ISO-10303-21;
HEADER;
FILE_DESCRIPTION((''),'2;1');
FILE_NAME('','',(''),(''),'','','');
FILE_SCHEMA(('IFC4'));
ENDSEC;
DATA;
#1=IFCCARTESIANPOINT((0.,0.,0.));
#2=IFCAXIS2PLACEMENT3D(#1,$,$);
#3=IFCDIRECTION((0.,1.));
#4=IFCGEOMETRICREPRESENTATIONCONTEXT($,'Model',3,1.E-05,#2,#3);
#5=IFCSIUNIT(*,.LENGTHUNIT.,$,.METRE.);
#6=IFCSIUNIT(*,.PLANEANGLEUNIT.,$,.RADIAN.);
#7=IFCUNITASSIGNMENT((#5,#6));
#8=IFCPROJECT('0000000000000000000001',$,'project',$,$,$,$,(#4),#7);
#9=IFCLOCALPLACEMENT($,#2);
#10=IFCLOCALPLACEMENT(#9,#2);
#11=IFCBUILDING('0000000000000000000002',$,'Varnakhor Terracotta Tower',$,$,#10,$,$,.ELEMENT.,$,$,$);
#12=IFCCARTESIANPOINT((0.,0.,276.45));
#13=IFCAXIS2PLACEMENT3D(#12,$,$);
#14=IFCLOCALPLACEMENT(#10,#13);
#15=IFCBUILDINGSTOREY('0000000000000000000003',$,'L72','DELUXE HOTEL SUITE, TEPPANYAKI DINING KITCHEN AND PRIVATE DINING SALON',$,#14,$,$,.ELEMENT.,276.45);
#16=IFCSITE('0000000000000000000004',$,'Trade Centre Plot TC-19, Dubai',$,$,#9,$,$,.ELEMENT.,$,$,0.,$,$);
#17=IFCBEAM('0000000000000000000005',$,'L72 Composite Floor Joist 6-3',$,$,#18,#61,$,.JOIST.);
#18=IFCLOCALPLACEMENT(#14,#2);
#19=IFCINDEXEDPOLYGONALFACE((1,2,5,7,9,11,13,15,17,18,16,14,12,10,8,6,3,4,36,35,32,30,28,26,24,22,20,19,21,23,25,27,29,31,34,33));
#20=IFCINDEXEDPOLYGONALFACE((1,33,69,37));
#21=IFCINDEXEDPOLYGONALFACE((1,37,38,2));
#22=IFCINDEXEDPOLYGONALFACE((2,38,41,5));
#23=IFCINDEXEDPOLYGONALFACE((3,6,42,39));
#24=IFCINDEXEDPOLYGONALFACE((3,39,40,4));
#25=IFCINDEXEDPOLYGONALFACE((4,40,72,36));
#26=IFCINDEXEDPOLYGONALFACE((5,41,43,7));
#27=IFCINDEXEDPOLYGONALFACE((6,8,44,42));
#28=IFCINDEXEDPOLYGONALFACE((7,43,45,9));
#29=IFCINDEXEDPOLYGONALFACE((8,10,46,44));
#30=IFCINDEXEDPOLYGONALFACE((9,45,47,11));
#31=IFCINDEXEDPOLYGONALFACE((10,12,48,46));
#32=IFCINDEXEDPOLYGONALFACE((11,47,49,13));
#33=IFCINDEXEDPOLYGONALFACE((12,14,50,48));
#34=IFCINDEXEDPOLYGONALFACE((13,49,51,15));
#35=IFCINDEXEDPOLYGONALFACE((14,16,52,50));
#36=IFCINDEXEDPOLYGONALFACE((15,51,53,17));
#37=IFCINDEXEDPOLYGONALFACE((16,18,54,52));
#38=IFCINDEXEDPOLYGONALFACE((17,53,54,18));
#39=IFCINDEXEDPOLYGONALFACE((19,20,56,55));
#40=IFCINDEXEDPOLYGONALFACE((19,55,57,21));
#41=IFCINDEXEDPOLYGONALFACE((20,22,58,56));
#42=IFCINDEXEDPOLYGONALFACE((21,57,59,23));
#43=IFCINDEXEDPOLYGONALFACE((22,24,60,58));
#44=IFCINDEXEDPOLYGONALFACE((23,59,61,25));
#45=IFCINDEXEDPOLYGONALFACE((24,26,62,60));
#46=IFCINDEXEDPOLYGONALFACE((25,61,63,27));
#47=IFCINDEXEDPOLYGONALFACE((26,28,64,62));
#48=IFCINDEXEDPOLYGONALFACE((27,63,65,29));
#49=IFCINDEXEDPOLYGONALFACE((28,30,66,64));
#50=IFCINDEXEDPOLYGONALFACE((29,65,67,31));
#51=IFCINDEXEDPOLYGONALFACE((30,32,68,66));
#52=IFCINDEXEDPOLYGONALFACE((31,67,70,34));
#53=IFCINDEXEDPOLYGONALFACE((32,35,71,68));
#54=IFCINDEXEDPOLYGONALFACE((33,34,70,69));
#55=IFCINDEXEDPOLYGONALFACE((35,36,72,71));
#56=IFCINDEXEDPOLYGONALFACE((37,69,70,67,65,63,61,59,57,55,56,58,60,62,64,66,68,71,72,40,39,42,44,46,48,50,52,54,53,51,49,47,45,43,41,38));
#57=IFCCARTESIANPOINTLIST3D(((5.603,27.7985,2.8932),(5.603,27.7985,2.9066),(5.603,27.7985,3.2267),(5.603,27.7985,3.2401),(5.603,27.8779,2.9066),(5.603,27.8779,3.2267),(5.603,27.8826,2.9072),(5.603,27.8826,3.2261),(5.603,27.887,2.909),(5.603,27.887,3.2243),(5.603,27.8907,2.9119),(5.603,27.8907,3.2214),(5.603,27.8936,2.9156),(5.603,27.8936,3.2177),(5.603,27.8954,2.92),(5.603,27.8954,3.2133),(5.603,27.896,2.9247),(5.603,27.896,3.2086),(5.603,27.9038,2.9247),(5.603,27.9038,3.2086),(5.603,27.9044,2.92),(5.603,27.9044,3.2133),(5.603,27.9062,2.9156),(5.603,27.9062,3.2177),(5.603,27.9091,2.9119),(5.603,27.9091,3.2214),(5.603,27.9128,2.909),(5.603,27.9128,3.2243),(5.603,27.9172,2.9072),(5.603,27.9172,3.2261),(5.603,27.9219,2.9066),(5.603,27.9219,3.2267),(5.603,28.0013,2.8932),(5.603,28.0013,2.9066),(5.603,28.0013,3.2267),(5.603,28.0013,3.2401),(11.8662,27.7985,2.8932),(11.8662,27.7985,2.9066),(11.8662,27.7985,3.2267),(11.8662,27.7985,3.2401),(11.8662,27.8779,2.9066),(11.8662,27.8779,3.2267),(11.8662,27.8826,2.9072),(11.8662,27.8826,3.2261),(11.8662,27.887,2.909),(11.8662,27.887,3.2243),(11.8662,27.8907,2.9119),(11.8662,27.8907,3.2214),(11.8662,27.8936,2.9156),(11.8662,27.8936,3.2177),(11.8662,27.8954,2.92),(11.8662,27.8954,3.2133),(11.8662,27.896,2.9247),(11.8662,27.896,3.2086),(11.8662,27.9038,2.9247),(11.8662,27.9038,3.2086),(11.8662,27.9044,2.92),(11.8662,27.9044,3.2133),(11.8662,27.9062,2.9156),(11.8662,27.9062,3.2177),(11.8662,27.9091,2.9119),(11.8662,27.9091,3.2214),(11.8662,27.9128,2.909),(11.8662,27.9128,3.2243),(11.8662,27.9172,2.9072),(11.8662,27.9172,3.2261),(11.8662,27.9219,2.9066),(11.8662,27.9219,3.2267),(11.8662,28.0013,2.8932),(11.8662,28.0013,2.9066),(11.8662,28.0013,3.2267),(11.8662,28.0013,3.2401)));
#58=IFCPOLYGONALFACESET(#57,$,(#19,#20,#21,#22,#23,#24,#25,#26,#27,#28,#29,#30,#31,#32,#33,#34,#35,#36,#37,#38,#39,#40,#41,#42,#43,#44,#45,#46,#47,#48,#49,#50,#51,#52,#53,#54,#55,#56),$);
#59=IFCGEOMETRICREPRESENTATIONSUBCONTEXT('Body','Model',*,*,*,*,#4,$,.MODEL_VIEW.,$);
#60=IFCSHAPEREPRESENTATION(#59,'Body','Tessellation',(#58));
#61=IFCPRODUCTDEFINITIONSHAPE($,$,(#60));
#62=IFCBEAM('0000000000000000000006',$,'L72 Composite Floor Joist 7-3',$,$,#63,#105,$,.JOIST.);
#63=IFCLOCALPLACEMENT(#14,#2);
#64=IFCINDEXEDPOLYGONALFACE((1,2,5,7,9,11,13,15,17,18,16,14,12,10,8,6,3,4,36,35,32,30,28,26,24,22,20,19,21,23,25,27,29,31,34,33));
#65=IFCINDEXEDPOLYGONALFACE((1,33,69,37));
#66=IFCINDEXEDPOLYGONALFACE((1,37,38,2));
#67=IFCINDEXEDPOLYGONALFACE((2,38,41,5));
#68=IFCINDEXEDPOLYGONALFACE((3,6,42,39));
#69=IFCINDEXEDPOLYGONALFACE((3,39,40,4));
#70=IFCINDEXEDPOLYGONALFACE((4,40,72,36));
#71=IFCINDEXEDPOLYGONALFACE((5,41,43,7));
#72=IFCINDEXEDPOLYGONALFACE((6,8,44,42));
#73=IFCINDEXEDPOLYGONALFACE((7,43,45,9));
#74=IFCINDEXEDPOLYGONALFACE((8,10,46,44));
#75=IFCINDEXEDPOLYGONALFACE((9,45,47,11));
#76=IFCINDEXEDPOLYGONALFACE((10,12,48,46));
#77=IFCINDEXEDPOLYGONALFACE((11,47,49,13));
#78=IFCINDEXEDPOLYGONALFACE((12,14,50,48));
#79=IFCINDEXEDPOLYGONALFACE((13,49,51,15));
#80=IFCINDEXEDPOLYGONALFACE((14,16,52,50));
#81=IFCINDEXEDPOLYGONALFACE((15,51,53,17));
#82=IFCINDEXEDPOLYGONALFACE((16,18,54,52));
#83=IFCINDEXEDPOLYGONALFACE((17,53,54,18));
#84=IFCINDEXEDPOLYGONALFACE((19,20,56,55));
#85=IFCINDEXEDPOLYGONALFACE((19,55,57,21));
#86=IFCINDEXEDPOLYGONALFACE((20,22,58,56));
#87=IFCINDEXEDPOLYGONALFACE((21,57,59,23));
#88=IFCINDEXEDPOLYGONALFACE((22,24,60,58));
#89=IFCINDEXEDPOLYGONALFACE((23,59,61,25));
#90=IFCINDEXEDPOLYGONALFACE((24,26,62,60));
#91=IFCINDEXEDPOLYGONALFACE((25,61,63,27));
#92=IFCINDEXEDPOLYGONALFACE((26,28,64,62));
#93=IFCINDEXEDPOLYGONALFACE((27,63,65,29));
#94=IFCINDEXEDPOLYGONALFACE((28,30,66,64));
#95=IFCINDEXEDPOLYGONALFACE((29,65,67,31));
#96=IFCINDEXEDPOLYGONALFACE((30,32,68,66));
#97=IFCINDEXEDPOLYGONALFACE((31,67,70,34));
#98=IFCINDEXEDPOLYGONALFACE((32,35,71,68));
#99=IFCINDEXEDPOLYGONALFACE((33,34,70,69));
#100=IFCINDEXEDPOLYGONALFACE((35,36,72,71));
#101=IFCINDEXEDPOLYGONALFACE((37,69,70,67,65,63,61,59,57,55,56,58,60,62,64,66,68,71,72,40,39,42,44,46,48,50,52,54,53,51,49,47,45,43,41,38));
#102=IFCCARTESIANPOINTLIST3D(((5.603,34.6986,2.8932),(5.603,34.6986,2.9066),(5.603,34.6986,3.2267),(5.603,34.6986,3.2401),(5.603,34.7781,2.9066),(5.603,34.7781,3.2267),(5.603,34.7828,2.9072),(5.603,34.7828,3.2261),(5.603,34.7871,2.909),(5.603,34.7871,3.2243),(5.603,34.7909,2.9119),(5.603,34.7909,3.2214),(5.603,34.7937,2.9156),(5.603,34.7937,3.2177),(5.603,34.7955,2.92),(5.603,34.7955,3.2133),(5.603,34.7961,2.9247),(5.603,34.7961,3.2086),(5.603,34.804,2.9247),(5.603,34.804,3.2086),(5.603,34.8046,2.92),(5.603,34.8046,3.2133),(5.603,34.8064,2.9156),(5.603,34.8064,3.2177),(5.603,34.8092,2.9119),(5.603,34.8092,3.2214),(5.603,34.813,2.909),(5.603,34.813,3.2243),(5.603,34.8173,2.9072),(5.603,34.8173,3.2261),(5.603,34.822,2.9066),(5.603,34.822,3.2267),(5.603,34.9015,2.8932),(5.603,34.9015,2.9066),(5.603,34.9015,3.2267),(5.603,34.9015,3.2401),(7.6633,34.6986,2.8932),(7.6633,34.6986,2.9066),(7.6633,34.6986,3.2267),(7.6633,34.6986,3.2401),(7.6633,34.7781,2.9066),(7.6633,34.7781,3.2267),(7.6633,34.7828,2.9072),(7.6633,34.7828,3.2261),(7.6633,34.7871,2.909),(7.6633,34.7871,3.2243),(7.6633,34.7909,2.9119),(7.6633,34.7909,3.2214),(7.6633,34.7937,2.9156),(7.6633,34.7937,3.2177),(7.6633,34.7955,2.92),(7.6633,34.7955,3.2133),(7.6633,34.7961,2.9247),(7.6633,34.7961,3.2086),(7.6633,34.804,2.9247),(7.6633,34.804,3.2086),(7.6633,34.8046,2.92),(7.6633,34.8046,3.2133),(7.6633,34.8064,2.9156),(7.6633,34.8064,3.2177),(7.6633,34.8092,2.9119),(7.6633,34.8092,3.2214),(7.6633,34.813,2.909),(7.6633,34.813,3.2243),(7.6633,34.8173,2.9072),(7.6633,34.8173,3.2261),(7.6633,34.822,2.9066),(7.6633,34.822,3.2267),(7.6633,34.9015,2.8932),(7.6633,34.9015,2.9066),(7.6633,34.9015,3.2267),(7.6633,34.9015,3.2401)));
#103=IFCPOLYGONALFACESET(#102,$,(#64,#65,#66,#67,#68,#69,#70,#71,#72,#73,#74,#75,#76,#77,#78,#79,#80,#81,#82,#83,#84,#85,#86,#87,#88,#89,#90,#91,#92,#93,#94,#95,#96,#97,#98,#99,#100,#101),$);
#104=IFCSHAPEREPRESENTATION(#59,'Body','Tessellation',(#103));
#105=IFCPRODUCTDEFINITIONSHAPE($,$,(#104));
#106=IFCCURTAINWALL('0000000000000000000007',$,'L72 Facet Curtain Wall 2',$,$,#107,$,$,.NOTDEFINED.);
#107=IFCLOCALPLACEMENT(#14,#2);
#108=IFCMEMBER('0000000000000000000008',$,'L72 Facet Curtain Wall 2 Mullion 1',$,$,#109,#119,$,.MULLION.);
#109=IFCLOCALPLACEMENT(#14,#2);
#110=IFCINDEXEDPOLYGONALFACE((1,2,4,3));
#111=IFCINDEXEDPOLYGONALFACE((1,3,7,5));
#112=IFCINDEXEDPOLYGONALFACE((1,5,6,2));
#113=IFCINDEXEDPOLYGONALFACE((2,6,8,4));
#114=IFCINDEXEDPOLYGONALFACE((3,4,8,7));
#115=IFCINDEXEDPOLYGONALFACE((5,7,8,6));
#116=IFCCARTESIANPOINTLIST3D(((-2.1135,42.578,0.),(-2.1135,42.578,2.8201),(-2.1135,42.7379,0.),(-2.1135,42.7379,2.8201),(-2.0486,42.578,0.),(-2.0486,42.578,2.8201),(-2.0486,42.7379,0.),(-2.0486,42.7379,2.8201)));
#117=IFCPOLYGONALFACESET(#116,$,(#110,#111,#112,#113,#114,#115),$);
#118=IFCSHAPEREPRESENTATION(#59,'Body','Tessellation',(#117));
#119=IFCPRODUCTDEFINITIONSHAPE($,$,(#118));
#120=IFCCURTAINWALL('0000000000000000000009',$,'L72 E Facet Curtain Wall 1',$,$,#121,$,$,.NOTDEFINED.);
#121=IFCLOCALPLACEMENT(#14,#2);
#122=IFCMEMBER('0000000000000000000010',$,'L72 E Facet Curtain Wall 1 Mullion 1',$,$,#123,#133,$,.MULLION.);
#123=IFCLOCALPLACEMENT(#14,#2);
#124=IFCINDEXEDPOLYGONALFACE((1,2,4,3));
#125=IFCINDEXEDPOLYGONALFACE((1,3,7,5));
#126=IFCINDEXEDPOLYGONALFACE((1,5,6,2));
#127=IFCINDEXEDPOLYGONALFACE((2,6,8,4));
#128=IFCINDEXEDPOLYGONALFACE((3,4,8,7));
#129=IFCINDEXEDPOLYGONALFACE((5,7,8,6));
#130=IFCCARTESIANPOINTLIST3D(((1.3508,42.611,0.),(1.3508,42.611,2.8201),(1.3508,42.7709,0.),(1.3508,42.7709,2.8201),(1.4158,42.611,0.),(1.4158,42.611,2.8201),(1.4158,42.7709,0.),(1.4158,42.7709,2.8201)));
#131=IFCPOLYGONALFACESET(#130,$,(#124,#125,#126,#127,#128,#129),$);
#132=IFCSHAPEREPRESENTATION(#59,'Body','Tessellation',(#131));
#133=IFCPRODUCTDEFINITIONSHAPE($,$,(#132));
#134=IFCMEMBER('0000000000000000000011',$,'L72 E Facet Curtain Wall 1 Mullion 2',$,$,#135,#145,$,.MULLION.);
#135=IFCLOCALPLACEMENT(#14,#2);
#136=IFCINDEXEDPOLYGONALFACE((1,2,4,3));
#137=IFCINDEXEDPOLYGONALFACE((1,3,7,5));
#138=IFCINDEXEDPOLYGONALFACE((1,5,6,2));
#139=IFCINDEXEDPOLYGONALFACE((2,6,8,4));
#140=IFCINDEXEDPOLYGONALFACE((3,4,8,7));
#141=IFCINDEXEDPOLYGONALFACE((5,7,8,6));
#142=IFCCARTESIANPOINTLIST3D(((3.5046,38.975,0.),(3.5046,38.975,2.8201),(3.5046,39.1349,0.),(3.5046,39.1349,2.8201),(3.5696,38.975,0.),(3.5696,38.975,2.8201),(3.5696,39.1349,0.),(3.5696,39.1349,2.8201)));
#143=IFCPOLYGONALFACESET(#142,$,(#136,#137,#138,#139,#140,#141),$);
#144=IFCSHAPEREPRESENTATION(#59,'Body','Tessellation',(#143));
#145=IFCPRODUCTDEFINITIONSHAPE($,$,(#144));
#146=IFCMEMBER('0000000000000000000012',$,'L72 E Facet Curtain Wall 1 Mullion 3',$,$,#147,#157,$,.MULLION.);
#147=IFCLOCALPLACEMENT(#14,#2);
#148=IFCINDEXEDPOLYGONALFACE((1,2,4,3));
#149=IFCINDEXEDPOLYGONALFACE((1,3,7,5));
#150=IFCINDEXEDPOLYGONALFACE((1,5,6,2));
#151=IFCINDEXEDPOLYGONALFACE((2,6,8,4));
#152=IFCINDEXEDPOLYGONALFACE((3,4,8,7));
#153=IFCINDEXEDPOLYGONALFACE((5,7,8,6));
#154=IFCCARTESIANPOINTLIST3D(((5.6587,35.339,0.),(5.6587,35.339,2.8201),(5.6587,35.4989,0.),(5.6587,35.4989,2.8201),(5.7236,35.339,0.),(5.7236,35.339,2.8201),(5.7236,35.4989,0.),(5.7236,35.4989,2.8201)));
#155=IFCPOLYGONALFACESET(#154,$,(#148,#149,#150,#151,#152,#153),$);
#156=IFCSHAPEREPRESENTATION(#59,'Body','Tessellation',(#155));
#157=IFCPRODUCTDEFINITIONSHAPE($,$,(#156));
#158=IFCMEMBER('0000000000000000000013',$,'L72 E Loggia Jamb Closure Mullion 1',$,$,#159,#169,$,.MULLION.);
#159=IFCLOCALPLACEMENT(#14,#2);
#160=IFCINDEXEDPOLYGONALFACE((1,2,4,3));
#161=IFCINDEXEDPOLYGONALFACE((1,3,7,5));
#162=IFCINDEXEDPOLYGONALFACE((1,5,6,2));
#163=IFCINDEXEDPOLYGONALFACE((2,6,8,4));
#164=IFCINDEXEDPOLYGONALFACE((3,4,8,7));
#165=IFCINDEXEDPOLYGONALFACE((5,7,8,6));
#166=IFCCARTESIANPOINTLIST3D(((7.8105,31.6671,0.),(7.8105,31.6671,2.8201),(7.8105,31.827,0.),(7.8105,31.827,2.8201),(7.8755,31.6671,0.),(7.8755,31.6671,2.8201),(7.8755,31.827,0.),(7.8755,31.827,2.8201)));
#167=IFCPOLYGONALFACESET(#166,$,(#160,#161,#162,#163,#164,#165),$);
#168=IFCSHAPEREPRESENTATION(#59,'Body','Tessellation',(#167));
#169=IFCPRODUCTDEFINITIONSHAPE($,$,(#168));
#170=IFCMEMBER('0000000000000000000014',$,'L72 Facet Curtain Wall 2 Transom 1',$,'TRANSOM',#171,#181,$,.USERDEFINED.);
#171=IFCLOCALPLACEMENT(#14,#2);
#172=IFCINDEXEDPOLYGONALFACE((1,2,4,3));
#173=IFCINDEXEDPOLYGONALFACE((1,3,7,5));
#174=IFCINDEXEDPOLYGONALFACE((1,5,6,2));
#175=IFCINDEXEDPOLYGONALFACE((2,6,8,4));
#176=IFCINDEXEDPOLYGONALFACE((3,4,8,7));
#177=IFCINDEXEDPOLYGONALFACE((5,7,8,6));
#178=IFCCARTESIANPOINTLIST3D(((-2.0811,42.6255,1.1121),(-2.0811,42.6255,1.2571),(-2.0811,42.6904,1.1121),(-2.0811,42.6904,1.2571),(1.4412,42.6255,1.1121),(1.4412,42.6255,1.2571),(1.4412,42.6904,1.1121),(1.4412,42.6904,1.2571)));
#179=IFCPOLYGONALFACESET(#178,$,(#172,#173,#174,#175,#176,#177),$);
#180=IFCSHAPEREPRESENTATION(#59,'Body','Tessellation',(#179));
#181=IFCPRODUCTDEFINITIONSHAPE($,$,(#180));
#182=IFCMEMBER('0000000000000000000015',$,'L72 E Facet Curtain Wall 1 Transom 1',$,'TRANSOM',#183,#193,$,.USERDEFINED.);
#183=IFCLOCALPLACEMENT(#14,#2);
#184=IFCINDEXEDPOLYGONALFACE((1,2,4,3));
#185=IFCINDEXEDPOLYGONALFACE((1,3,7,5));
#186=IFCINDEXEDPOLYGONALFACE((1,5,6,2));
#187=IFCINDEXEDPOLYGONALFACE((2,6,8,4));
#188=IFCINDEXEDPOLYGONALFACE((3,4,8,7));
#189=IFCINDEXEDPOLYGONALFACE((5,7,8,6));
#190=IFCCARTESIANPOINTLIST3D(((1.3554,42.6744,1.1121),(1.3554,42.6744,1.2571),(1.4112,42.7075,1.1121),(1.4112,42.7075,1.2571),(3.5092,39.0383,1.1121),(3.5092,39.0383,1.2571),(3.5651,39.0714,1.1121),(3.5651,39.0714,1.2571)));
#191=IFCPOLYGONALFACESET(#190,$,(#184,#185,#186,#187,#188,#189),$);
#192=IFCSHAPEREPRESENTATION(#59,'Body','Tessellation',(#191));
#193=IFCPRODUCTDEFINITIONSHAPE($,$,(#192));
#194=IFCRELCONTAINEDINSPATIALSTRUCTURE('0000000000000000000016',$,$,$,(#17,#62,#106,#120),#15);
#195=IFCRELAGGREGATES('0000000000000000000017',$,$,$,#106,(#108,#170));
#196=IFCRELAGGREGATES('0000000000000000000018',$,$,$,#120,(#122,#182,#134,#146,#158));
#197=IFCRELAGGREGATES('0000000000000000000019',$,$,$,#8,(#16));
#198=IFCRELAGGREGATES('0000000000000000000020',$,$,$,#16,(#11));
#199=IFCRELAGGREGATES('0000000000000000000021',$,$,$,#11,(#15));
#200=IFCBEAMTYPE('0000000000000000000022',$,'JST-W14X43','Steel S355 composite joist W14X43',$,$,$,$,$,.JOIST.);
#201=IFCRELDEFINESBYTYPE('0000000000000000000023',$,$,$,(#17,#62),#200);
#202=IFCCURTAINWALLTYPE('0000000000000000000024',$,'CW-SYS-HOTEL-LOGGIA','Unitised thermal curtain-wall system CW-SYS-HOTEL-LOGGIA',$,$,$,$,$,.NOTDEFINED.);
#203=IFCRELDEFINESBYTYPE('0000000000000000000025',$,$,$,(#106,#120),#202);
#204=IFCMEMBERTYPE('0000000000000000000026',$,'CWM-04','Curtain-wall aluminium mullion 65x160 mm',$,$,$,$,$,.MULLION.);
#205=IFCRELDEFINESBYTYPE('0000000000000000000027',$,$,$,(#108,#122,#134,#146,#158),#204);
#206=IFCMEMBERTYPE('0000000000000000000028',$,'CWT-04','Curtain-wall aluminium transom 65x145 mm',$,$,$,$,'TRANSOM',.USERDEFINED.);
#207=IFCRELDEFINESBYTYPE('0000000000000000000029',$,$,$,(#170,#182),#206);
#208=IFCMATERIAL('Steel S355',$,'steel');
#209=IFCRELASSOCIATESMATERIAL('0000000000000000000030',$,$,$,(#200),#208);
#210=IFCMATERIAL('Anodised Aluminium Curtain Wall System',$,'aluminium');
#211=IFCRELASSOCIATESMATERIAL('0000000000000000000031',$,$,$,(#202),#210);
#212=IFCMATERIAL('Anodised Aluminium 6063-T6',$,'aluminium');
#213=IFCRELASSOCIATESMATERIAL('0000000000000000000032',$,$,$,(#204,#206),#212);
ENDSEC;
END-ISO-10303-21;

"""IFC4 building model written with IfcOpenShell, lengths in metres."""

from ifc_helpers import new_model, si_unit, direction, frame, origin, origin_2d, place, context, subcontext, project, spatial, rectangle, i_section, extrude, source, transform, mapped, material, material_profile, profile_set, type_object, type_shapes, element, aggregate, save


model = new_model("IFC4")

# Units and contexts
model_context = context("Model", 3, precision=1e-05, world=origin(), true_north=direction((0.0, 1.0)))
body_context = subcontext(model_context, "Body", "Model", "MODEL_VIEW")
ifc_project = project(units=[si_unit("LENGTHUNIT", "METRE"), si_unit("PLANEANGLEUNIT", "RADIAN")], contexts=[model_context])

# Site, building, storey
site_placement = place(None, origin())
site = spatial("IfcSite", under=ifc_project, at=site_placement, Name="Trade Centre Plot TC-19, Dubai", CompositionType="ELEMENT", RefElevation=0.0)
building_placement = place(site_placement, origin())
building = spatial("IfcBuilding", under=site, at=building_placement, Name="Varnakhor Terracotta Tower", CompositionType="ELEMENT")
storey_placement = place(building_placement, frame((0.0, 0.0, 276.45)))
storey = spatial("IfcBuildingStorey", under=building, at=storey_placement, Name="L72", Description="DELUXE HOTEL SUITE, TEPPANYAKI DINING KITCHEN AND PRIVATE DINING SALON", CompositionType="ELEMENT", Elevation=276.45)

# Shared definitions
ifc_material_1 = material(Name="Steel S355", Category="steel")

# Beams
ifc_material_profile_1 = material_profile(ifc_material_1, i_section(OverallWidth=0.2029, OverallDepth=0.3469, WebThickness=0.0078, FlangeThickness=0.0134, FilletRadius=0.0181, at=origin_2d()), Name="W14X43")
ifc_profile_set_1 = profile_set([ifc_material_profile_1], Name="Steel S355")
beam_type_1 = type_object("IfcBeamType", Name="JST-W14X43", Description="Steel S355 composite joist W14X43", PredefinedType="JOIST", material=ifc_profile_set_1)
shared_shape_1 = source(origin(), body_context, "Body", "SweptSolid", [
    extrude(i_section(OverallWidth=0.2029, OverallDepth=0.3469, WebThickness=0.0078, FlangeThickness=0.0134, FilletRadius=0.0181, at=origin_2d()), origin(), (0.0, 0.0, 1.0), 6.2632),
])
beam_1_placement = place(storey_placement, frame((5.603, 27.8999, 3.0667), z_axis=(1.0, 0.0, 0.0), x_axis=(0.0, 1.0, 0.0)))
element("IfcBeam", 1, at=beam_1_placement, inside=storey, type_object=beam_type_1, Name="L72 Composite Floor Joist 6-3", PredefinedType="JOIST", context=body_context, shape_type="MappedRepresentation", body=[
    mapped(shared_shape_1, transform((0.0, 0.0, 0.0), scale=1.0)),
])
shared_shape_2 = source(origin(), body_context, "Body", "SweptSolid", [
    extrude(i_section(OverallWidth=0.2029, OverallDepth=0.3469, WebThickness=0.0078, FlangeThickness=0.0134, FilletRadius=0.0181, at=origin_2d()), origin(), (0.0, 0.0, 1.0), 2.0603),
])
beam_2_placement = place(storey_placement, frame((5.603, 34.8, 3.0667), z_axis=(1.0, 0.0, 0.0), x_axis=(0.0, 1.0, 0.0)))
element("IfcBeam", 2, at=beam_2_placement, inside=storey, type_object=beam_type_1, Name="L72 Composite Floor Joist 7-3", PredefinedType="JOIST", context=body_context, shape_type="MappedRepresentation", body=[
    mapped(shared_shape_2, transform((0.0, 0.0, 0.0), scale=1.0)),
])

# Curtain wall, member
ifc_material_2 = material(Name="Anodised Aluminium Curtain Wall System", Category="aluminium")
curtain_wall_type = type_object("IfcCurtainWallType", Name="CW-SYS-HOTEL-LOGGIA", Description="Unitised thermal curtain-wall system CW-SYS-HOTEL-LOGGIA", PredefinedType="NOTDEFINED", material=ifc_material_2)
curtain_wall_1_placement = place(storey_placement, origin())
curtain_wall_1 = element("IfcCurtainWall", 3, at=curtain_wall_1_placement, inside=storey, type_object=curtain_wall_type, Name="L72 Facet Curtain Wall 2", PredefinedType="NOTDEFINED")
ifc_material_3 = material(Name="Anodised Aluminium 6063-T6", Category="aluminium")
ifc_material_profile_2 = material_profile(ifc_material_3, rectangle(XDim=0.0649, YDim=0.1599, at=origin_2d()), Name="ALU MULLION 65x160")
ifc_profile_set_2 = profile_set([ifc_material_profile_2], Name="Anodised Aluminium 6063-T6")
member_type_1 = type_object("IfcMemberType", Name="CWM-04", Description="Curtain-wall aluminium mullion 65x160 mm", PredefinedType="MULLION", material=ifc_profile_set_2)
shared_shape_3 = source(origin(), body_context, "Body", "SweptSolid", [
    extrude(rectangle(XDim=0.0649, YDim=0.1599, at=origin_2d()), origin(), (0.0, 0.0, 1.0), 2.8201),
])
type_shapes(member_type_1, [shared_shape_3])
member_1_placement = place(storey_placement, frame((-2.0811, 42.658, 0.0), z_axis=(0.0, 0.0, 1.0), x_axis=(1.0, 0.0, 0.0)))
member_1 = element("IfcMember", 4, at=member_1_placement, type_object=member_type_1, Name="L72 Facet Curtain Wall 2 Mullion 1", PredefinedType="MULLION", context=body_context, shape_type="MappedRepresentation", body=[
    mapped(shared_shape_3, transform((0.0, 0.0, 0.0), scale=1.0)),
])

# Curtain wall, members
curtain_wall_2_placement = place(storey_placement, origin())
curtain_wall_2 = element("IfcCurtainWall", 5, at=curtain_wall_2_placement, inside=storey, type_object=curtain_wall_type, Name="L72 E Facet Curtain Wall 1", PredefinedType="NOTDEFINED")
member_2_placement = place(storey_placement, frame((1.3833, 42.6909, 0.0), z_axis=(0.0, 0.0, 1.0), x_axis=(1.0, 0.0, 0.0)))
member_2 = element("IfcMember", 6, at=member_2_placement, type_object=member_type_1, Name="L72 E Facet Curtain Wall 1 Mullion 1", PredefinedType="MULLION", context=body_context, shape_type="MappedRepresentation", body=[
    mapped(shared_shape_3, transform((0.0, 0.0, 0.0), scale=1.0)),
])
member_3_placement = place(storey_placement, frame((3.5371, 39.0549, 0.0), z_axis=(0.0, 0.0, 1.0), x_axis=(1.0, 0.0, 0.0)))
member_3 = element("IfcMember", 7, at=member_3_placement, type_object=member_type_1, Name="L72 E Facet Curtain Wall 1 Mullion 2", PredefinedType="MULLION", context=body_context, shape_type="MappedRepresentation", body=[
    mapped(shared_shape_3, transform((0.0, 0.0, 0.0), scale=1.0)),
])
member_4_placement = place(storey_placement, frame((5.6912, 35.4189, 0.0), z_axis=(0.0, 0.0, 1.0), x_axis=(1.0, 0.0, 0.0)))
member_4 = element("IfcMember", 8, at=member_4_placement, type_object=member_type_1, Name="L72 E Facet Curtain Wall 1 Mullion 3", PredefinedType="MULLION", context=body_context, shape_type="MappedRepresentation", body=[
    mapped(shared_shape_3, transform((0.0, 0.0, 0.0), scale=1.0)),
])
member_5_placement = place(storey_placement, frame((7.843, 31.7471, 0.0), z_axis=(0.0, 0.0, 1.0), x_axis=(1.0, 0.0, 0.0)))
member_5 = element("IfcMember", 9, at=member_5_placement, type_object=member_type_1, Name="L72 E Loggia Jamb Closure Mullion 1", PredefinedType="MULLION", context=body_context, shape_type="MappedRepresentation", body=[
    mapped(shared_shape_3, transform((0.0, 0.0, 0.0), scale=1.0)),
])

# Members
ifc_material_profile_3 = material_profile(ifc_material_3, rectangle(XDim=0.0649, YDim=0.145, at=origin_2d()), Name="ALU TRANSOM 65x145")
ifc_profile_set_3 = profile_set([ifc_material_profile_3], Name="Anodised Aluminium 6063-T6")
member_type_2 = type_object("IfcMemberType", Name="CWT-04", Description="Curtain-wall aluminium transom 65x145 mm", ElementType="TRANSOM", PredefinedType="USERDEFINED", material=ifc_profile_set_3)
shared_shape_4 = source(origin(), body_context, "Body", "SweptSolid", [
    extrude(rectangle(XDim=0.0649, YDim=0.145, at=origin_2d()), origin(), (0.0, 0.0, 1.0), 3.5222),
])
member_6_placement = place(storey_placement, frame((-2.0811, 42.658, 1.1846), z_axis=(1.0, 0.0, 0.0), x_axis=(0.0, 1.0, 0.0)))
member_6 = element("IfcMember", 10, at=member_6_placement, type_object=member_type_2, Name="L72 Facet Curtain Wall 2 Transom 1", ObjectType="TRANSOM", PredefinedType="USERDEFINED", context=body_context, shape_type="MappedRepresentation", body=[
    mapped(shared_shape_4, transform((0.0, 0.0, 0.0), scale=1.0)),
])
shared_shape_5 = source(origin(), body_context, "Body", "SweptSolid", [
    extrude(rectangle(XDim=0.0649, YDim=0.145, at=origin_2d()), origin(), (0.0, 0.0, 1.0), 4.2261),
])
member_7_placement = place(storey_placement, frame((1.3833, 42.6909, 1.1846), z_axis=(0.509654, -0.86038, 0.0), x_axis=(0.86038, 0.509654, 0.0)))
member_7 = element("IfcMember", 11, at=member_7_placement, type_object=member_type_2, Name="L72 E Facet Curtain Wall 1 Transom 1", ObjectType="TRANSOM", PredefinedType="USERDEFINED", context=body_context, shape_type="MappedRepresentation", body=[
    mapped(shared_shape_5, transform((0.0, 0.0, 0.0), scale=1.0)),
])

aggregate(curtain_wall_1, [member_1, member_6])
aggregate(curtain_wall_2, [member_2, member_7, member_3, member_4, member_5])

save(model, "model.ifc")
